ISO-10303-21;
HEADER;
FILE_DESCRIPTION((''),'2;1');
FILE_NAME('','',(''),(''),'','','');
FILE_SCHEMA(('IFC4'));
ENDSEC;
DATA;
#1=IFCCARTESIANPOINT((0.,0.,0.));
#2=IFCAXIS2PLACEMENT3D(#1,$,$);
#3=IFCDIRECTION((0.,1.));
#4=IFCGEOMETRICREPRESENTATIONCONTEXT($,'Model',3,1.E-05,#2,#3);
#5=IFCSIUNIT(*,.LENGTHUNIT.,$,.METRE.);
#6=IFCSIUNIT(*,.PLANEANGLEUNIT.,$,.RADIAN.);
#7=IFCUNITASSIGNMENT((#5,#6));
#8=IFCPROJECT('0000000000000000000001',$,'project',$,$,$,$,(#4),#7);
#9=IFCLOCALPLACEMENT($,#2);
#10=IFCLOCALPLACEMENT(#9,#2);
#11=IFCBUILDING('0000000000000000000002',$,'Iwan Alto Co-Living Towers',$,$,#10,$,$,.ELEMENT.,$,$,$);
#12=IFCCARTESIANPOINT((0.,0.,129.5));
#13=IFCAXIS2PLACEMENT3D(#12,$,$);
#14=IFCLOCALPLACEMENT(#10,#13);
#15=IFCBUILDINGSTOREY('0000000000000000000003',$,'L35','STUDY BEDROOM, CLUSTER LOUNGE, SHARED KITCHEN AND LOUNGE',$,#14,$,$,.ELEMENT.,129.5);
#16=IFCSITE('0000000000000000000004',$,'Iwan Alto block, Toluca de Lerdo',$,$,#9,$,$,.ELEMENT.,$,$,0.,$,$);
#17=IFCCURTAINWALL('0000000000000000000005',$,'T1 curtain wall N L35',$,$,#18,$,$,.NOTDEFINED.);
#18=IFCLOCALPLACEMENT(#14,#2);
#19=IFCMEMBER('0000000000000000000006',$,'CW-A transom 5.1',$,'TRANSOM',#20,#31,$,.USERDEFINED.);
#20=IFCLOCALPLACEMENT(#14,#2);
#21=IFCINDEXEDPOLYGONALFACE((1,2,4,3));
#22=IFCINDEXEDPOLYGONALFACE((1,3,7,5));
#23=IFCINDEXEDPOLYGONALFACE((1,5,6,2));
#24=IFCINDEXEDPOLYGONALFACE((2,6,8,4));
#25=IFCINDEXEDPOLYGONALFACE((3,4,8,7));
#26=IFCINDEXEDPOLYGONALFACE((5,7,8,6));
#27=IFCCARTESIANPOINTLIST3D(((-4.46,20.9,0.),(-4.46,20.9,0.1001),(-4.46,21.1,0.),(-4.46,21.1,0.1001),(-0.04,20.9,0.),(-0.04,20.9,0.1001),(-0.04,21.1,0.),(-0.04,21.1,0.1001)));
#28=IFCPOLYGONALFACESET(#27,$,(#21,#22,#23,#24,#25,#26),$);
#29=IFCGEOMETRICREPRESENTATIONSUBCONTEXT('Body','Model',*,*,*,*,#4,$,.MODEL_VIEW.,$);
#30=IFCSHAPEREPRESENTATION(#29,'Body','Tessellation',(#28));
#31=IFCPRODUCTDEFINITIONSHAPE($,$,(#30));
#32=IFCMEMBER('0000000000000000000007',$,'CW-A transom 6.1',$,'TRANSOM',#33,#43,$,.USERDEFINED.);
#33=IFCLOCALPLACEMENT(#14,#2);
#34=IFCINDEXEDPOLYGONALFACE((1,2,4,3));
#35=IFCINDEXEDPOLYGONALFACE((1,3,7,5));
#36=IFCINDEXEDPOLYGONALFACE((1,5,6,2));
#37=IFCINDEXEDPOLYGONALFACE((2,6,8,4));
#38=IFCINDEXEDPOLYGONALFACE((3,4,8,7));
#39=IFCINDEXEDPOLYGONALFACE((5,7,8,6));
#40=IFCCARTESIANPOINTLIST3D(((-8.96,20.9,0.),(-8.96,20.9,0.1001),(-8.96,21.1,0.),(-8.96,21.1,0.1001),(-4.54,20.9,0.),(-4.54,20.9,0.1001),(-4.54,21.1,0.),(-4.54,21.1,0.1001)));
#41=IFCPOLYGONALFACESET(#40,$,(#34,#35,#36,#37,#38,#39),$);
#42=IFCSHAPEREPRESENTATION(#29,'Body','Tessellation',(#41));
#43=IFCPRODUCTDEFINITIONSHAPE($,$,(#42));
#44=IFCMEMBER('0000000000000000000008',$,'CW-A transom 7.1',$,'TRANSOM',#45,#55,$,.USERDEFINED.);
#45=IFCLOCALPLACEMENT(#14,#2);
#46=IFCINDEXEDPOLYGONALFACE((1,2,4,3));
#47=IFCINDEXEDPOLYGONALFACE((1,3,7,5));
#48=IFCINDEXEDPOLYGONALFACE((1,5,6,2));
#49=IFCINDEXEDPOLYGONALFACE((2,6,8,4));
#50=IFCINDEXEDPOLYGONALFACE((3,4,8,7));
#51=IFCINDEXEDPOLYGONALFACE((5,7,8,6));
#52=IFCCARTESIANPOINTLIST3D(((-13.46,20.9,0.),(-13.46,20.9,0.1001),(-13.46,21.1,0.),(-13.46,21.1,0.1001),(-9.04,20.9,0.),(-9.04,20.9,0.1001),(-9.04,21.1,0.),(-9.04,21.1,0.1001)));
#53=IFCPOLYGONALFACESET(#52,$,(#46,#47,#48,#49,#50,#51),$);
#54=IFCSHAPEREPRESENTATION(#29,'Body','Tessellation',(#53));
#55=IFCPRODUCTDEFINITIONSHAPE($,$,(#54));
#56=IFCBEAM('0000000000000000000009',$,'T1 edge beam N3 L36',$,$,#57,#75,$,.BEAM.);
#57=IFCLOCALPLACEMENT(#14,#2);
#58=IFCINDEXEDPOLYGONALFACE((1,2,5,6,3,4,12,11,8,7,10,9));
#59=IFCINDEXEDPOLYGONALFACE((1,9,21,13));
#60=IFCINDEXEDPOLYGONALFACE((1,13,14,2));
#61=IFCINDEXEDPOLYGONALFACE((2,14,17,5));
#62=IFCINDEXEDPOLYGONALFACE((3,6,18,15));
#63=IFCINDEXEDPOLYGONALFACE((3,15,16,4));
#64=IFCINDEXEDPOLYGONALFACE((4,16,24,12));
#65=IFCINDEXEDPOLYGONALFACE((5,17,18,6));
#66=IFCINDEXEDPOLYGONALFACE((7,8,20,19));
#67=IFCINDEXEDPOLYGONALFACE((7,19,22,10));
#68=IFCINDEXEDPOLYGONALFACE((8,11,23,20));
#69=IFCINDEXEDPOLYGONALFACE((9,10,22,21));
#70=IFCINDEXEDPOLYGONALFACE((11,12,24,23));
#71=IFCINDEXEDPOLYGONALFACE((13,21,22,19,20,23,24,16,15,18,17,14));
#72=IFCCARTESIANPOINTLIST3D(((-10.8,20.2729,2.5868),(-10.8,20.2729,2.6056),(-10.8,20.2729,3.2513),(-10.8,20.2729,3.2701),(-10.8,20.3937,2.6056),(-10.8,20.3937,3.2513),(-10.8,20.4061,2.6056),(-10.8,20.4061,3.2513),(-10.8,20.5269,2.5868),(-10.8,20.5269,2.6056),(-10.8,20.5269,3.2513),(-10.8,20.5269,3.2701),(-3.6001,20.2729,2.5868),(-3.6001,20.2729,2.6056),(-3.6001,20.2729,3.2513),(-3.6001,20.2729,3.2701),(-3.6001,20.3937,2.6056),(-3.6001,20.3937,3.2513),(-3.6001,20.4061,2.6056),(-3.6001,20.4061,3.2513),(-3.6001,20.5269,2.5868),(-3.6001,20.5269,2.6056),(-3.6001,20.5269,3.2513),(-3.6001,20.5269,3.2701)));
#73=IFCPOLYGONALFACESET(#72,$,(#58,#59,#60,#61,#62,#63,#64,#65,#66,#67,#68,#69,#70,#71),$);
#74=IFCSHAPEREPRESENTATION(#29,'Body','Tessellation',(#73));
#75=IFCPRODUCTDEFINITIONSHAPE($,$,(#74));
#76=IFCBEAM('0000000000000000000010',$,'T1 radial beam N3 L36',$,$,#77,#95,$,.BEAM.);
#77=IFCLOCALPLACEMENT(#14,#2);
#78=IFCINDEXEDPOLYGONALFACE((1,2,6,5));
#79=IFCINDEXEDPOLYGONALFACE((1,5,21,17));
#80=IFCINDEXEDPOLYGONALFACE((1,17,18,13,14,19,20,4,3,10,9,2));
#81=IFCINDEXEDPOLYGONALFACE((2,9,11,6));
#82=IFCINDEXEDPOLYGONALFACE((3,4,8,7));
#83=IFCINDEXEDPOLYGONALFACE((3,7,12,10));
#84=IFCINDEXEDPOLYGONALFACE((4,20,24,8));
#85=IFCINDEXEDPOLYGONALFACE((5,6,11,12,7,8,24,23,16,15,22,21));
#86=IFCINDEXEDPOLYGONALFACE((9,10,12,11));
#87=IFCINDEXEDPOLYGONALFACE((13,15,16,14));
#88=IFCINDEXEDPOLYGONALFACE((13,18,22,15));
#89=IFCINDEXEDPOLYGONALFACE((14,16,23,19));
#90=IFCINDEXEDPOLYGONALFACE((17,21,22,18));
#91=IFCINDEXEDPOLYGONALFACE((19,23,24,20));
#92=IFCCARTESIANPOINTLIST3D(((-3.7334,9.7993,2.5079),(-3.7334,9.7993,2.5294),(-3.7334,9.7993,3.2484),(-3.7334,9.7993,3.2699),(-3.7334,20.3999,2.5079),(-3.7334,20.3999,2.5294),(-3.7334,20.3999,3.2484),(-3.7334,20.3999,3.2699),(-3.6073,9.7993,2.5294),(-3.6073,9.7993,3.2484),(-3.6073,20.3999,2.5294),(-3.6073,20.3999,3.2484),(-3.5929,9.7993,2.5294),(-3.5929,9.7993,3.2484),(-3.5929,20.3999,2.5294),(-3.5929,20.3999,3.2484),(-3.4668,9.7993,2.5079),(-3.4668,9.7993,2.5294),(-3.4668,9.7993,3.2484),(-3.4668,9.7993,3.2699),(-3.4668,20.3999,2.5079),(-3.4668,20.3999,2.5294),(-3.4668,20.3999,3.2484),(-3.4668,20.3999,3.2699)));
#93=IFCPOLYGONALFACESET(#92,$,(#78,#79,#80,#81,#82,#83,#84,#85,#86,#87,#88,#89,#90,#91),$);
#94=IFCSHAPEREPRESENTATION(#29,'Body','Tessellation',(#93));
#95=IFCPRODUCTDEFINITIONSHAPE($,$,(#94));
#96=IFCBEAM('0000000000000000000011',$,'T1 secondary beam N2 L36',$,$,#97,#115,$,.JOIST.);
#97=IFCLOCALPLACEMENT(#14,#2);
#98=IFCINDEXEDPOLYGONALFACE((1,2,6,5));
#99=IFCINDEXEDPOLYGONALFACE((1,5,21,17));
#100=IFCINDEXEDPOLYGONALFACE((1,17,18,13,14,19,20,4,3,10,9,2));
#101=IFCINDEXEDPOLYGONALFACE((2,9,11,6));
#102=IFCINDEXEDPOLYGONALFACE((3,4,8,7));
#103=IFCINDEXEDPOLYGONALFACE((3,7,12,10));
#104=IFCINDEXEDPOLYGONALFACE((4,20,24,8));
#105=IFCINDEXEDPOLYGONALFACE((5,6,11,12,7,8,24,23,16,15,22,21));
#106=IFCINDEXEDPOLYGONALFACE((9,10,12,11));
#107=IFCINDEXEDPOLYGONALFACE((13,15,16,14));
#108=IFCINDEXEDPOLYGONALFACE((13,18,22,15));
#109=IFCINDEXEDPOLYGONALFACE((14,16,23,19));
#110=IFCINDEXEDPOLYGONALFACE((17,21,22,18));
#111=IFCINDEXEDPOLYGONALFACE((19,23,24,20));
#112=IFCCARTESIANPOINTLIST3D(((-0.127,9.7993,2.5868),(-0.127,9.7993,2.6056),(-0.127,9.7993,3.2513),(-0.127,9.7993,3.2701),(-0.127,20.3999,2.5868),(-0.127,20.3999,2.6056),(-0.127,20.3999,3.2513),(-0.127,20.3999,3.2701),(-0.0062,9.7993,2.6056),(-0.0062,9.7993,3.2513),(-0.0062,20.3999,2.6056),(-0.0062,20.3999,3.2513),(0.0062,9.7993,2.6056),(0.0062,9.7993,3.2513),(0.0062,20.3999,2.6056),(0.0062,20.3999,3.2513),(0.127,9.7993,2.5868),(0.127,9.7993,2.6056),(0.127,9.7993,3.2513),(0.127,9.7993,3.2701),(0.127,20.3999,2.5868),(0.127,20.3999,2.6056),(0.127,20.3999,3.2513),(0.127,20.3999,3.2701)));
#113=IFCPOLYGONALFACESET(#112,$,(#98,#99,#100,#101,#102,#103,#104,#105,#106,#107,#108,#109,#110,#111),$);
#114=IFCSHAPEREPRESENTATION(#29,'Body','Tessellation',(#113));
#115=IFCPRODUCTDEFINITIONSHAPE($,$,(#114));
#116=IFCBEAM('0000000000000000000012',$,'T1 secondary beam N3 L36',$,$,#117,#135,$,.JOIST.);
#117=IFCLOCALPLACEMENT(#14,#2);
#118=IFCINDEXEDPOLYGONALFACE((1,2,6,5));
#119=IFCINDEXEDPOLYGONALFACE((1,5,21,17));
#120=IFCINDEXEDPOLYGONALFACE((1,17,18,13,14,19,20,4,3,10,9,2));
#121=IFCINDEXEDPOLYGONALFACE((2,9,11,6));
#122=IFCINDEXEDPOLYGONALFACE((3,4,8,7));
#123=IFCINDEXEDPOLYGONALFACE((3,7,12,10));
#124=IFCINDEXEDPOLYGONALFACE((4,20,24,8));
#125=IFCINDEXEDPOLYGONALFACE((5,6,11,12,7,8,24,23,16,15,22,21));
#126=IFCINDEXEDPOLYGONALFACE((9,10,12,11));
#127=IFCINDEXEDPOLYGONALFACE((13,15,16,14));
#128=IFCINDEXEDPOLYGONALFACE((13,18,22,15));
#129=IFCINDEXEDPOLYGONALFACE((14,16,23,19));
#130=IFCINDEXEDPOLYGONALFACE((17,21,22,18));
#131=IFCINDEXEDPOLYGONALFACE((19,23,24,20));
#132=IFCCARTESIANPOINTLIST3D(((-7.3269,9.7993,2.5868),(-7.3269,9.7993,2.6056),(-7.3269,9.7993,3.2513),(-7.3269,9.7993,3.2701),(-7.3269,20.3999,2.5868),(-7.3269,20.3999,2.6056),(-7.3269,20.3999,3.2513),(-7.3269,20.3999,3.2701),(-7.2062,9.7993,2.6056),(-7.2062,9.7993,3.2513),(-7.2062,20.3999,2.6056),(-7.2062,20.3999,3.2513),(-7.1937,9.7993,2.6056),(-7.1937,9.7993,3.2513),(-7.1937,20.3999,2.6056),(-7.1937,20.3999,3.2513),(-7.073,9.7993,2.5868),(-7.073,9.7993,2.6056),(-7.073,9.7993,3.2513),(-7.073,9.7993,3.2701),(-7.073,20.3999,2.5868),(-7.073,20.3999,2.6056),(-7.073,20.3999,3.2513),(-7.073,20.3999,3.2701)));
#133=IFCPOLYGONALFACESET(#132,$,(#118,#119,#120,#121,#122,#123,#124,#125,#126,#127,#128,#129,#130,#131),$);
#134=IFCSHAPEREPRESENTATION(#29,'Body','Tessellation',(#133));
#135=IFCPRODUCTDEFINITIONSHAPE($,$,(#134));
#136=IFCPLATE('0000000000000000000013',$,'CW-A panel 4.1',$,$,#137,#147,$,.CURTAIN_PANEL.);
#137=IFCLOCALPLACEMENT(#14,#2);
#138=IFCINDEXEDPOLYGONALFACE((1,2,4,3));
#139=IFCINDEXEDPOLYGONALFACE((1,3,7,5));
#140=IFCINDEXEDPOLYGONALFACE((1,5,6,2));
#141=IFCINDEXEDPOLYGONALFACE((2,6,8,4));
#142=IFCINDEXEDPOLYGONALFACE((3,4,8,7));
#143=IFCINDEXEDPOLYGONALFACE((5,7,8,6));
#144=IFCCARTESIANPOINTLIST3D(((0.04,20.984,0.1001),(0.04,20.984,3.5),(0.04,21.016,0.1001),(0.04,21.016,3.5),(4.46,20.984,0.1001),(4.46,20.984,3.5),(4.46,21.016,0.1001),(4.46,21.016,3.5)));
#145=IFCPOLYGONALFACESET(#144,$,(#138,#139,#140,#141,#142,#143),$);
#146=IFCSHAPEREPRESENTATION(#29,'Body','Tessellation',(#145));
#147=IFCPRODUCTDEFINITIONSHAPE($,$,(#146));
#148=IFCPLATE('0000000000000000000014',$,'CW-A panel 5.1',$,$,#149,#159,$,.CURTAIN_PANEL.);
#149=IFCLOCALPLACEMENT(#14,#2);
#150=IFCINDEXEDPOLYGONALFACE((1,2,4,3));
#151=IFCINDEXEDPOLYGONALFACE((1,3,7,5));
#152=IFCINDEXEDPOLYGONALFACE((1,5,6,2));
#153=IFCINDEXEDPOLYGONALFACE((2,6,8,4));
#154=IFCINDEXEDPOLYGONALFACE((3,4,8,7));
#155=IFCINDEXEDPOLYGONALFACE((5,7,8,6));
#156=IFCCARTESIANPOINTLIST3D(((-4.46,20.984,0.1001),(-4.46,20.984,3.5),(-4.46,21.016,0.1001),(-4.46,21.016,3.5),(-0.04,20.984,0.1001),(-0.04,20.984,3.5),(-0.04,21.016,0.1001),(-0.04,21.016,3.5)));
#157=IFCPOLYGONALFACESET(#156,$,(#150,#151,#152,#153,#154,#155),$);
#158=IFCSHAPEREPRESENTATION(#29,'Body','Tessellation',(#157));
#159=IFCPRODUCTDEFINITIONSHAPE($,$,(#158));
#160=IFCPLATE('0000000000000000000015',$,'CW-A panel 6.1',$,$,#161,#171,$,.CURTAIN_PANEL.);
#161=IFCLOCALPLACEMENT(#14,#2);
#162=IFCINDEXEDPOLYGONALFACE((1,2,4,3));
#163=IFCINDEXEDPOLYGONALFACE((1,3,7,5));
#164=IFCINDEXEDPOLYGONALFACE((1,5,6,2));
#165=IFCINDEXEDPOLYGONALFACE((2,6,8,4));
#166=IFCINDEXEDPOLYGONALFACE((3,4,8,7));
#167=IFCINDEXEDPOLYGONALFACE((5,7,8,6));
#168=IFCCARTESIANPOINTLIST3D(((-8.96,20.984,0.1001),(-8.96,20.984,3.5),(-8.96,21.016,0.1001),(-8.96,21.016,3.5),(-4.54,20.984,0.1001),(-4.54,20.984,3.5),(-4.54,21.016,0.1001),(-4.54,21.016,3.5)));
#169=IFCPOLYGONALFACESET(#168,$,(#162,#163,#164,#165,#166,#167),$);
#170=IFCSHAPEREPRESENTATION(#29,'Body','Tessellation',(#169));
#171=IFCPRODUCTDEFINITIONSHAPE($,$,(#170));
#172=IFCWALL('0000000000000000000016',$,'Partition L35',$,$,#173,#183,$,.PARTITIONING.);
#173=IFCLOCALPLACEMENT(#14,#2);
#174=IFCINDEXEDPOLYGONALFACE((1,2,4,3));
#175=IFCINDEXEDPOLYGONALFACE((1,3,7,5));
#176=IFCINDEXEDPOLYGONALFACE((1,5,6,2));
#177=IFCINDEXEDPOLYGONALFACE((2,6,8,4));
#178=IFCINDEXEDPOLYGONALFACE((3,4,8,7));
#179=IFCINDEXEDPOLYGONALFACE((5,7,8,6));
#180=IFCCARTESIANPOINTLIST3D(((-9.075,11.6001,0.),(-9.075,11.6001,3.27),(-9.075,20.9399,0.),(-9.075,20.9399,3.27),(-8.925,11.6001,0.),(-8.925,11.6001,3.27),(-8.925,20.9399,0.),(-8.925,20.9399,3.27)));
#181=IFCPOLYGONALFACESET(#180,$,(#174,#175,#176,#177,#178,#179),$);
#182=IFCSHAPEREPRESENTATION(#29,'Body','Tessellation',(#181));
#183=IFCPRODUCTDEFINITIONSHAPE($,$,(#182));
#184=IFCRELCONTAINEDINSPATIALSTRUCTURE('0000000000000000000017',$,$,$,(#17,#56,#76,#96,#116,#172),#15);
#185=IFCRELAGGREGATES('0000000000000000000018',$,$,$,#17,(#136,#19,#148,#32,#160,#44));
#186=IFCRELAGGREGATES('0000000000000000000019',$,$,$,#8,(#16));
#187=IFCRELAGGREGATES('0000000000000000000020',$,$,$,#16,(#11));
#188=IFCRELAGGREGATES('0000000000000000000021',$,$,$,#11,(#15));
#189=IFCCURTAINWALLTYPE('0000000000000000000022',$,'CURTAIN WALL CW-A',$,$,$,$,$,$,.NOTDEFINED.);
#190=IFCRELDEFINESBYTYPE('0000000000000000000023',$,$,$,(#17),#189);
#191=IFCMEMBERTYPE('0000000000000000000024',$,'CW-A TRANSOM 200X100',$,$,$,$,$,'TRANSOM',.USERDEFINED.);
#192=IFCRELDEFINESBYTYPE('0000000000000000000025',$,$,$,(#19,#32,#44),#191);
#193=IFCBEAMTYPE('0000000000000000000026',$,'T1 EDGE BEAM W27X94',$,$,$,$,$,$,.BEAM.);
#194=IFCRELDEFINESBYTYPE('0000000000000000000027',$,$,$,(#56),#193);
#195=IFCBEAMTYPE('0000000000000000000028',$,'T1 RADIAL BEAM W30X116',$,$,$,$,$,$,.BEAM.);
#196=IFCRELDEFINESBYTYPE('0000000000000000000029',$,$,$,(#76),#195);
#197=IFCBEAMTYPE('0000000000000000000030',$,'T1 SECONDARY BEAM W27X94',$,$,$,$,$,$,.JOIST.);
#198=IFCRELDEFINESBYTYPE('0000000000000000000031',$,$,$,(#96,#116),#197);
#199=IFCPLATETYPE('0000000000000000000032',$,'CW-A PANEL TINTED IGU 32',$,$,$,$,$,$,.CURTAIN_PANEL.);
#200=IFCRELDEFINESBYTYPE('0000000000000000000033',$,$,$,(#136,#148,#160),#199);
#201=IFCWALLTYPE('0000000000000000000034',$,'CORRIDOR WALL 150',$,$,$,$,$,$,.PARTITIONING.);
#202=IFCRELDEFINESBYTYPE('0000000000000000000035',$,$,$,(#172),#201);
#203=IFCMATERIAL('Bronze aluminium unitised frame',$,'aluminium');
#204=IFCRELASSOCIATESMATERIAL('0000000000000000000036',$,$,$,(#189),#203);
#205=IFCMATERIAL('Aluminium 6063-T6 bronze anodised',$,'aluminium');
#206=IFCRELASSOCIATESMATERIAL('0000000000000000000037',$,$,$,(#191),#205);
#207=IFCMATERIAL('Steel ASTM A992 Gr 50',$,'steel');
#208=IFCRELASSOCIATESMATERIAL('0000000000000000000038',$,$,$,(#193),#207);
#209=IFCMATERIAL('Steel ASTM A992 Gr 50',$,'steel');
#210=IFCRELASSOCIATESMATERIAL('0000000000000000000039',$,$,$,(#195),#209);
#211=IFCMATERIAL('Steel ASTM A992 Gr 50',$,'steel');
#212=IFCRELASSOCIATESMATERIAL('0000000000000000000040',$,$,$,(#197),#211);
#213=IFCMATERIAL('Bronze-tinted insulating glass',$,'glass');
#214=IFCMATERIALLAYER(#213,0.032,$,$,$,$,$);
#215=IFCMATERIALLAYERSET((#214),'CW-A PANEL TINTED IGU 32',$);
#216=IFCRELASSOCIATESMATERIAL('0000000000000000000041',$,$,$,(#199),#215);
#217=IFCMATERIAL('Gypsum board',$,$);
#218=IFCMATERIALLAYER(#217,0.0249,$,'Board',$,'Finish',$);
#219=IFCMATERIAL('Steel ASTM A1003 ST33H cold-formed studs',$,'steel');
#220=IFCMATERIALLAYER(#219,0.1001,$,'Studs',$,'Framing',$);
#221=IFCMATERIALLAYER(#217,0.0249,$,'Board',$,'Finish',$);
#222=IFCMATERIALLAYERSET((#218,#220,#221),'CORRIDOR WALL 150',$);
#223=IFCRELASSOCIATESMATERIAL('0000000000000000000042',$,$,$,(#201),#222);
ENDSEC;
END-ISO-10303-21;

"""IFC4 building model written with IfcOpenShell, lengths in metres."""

from ifc_helpers import new_model, si_unit, direction, frame, frame_2d, origin, origin_2d, place, context, subcontext, project, spatial, rectangle, i_section, extrude, material, layer, layer_set, material_profile, profile_set, type_object, element, aggregate, save


model = new_model("IFC4")

# Units and contexts
model_context = context("Model", 3, precision=1e-05, world=origin(), true_north=direction((0.0, 1.0)))
body_context = subcontext(model_context, "Body", "Model", "MODEL_VIEW")
ifc_project = project(units=[si_unit("LENGTHUNIT", "METRE"), si_unit("PLANEANGLEUNIT", "RADIAN")], contexts=[model_context])

# Site, building, storey
site_placement = place(None, origin())
site = spatial("IfcSite", under=ifc_project, at=site_placement, Name="Iwan Alto block, Toluca de Lerdo", CompositionType="ELEMENT", RefElevation=0.0)
building_placement = place(site_placement, origin())
building = spatial("IfcBuilding", under=site, at=building_placement, Name="Iwan Alto Co-Living Towers", CompositionType="ELEMENT")
storey_placement = place(building_placement, frame((0.0, 0.0, 129.5)))
storey = spatial("IfcBuildingStorey", under=building, at=storey_placement, Name="L35", Description="STUDY BEDROOM, CLUSTER LOUNGE, SHARED KITCHEN AND LOUNGE", CompositionType="ELEMENT", Elevation=129.5)

# Curtain wall, members
ifc_material_1 = material(Name="Bronze aluminium unitised frame", Category="aluminium")
curtain_wall_type = type_object("IfcCurtainWallType", Name="CURTAIN WALL CW-A", PredefinedType="NOTDEFINED", material=ifc_material_1)
curtain_wall_placement = place(storey_placement, origin())
curtain_wall = element("IfcCurtainWall", 1, at=curtain_wall_placement, inside=storey, type_object=curtain_wall_type, Name="T1 curtain wall N L35", PredefinedType="NOTDEFINED")
ifc_material_2 = material(Name="Aluminium 6063-T6 bronze anodised", Category="aluminium")
ifc_material_profile_1 = material_profile(ifc_material_2, rectangle(XDim=0.2, YDim=0.1001, at=origin_2d()), Name="AL 200X100")
ifc_profile_set_1 = profile_set([ifc_material_profile_1], Name="Aluminium 6063-T6 bronze anodised")
member_type = type_object("IfcMemberType", Name="CW-A TRANSOM 200X100", ElementType="TRANSOM", PredefinedType="USERDEFINED", material=ifc_profile_set_1)
member_1_placement = place(storey_placement, frame((-0.04, 21.0, 0.05), z_axis=(-1.0, 0.0, 0.0), x_axis=(0.0, -1.0, 0.0)))
member_1 = element("IfcMember", 2, at=member_1_placement, type_object=member_type, Name="CW-A transom 5.1", ObjectType="TRANSOM", PredefinedType="USERDEFINED", context=body_context, shape_type="SweptSolid", body=[
    extrude(rectangle(XDim=0.2, YDim=0.1001, at=origin_2d()), origin(), (0.0, 0.0, 1.0), 4.4199),
])
member_2_placement = place(storey_placement, frame((-4.54, 21.0, 0.05), z_axis=(-1.0, 0.0, 0.0), x_axis=(0.0, -1.0, 0.0)))
member_2 = element("IfcMember", 3, at=member_2_placement, type_object=member_type, Name="CW-A transom 6.1", ObjectType="TRANSOM", PredefinedType="USERDEFINED", context=body_context, shape_type="SweptSolid", body=[
    extrude(rectangle(XDim=0.2, YDim=0.1001, at=origin_2d()), origin(), (0.0, 0.0, 1.0), 4.4199),
])
member_3_placement = place(storey_placement, frame((-9.04, 21.0, 0.05), z_axis=(-1.0, 0.0, 0.0), x_axis=(0.0, -1.0, 0.0)))
member_3 = element("IfcMember", 4, at=member_3_placement, type_object=member_type, Name="CW-A transom 7.1", ObjectType="TRANSOM", PredefinedType="USERDEFINED", context=body_context, shape_type="SweptSolid", body=[
    extrude(rectangle(XDim=0.2, YDim=0.1001, at=origin_2d()), origin(), (0.0, 0.0, 1.0), 4.4199),
])

# Beams
ifc_material_3 = material(Name="Steel ASTM A992 Gr 50", Category="steel")
ifc_material_profile_2 = material_profile(ifc_material_3, i_section(OverallWidth=0.2539, OverallDepth=0.6833, WebThickness=0.0125, FlangeThickness=0.0188, at=origin_2d()), Name="W27X94")
ifc_profile_set_2 = profile_set([ifc_material_profile_2], Name="Steel ASTM A992 Gr 50")
beam_type_1 = type_object("IfcBeamType", Name="T1 EDGE BEAM W27X94", PredefinedType="BEAM", material=ifc_profile_set_2)
beam_1_placement = place(storey_placement, frame((-3.6001, 20.3999, 2.9285), z_axis=(-1.0, 0.0, 0.0), x_axis=(0.0, -1.0, 0.0)))
element("IfcBeam", 5, at=beam_1_placement, inside=storey, type_object=beam_type_1, Name="T1 edge beam N3 L36", PredefinedType="BEAM", context=body_context, shape_type="SweptSolid", body=[
    extrude(i_section(OverallWidth=0.2539, OverallDepth=0.6833, WebThickness=0.0125, FlangeThickness=0.0188, at=origin_2d()), origin(), (0.0, 0.0, 1.0), 7.2),
])
ifc_material_4 = material(Name="Steel ASTM A992 Gr 50", Category="steel")
ifc_material_profile_3 = material_profile(ifc_material_4, i_section(OverallWidth=0.2666, OverallDepth=0.762, WebThickness=0.0144, FlangeThickness=0.0215, at=origin_2d()), Name="W30X116")
ifc_profile_set_3 = profile_set([ifc_material_profile_3], Name="Steel ASTM A992 Gr 50")
beam_type_2 = type_object("IfcBeamType", Name="T1 RADIAL BEAM W30X116", PredefinedType="BEAM", material=ifc_profile_set_3)
beam_2_placement = place(storey_placement, frame((-3.6001, 20.3999, 2.8889), z_axis=(0.0, -1.0, 0.0), x_axis=(1.0, 0.0, 0.0)))
element("IfcBeam", 6, at=beam_2_placement, inside=storey, type_object=beam_type_2, Name="T1 radial beam N3 L36", PredefinedType="BEAM", context=body_context, shape_type="SweptSolid", body=[
    extrude(i_section(OverallWidth=0.2666, OverallDepth=0.762, WebThickness=0.0144, FlangeThickness=0.0215, at=origin_2d()), origin(), (0.0, 0.0, 1.0), 10.6006),
])
ifc_material_5 = material(Name="Steel ASTM A992 Gr 50", Category="steel")
ifc_material_profile_4 = material_profile(ifc_material_5, i_section(OverallWidth=0.2539, OverallDepth=0.6833, WebThickness=0.0125, FlangeThickness=0.0188, at=origin_2d()), Name="W27X94")
ifc_profile_set_4 = profile_set([ifc_material_profile_4], Name="Steel ASTM A992 Gr 50")
beam_type_3 = type_object("IfcBeamType", Name="T1 SECONDARY BEAM W27X94", PredefinedType="JOIST", material=ifc_profile_set_4)
for number, where, z_axis, x_axis, name in (
    (7, (0.0, 20.3999, 2.9285), (0.0, -1.0, 0.0), (1.0, 0.0, 0.0), "T1 secondary beam N2 L36"),
    (8, (-7.2, 20.3999, 2.9285), (0.0, -1.0, 0.0), (1.0, 0.0, 0.0), "T1 secondary beam N3 L36"),
):
    element("IfcBeam", number, at=place(storey_placement, frame(where, z_axis=z_axis, x_axis=x_axis)), inside=storey, type_object=beam_type_3, Name=name, PredefinedType="JOIST", context=body_context, shape_type="SweptSolid", body=[
        extrude(i_section(OverallWidth=0.2539, OverallDepth=0.6833, WebThickness=0.0125, FlangeThickness=0.0188, at=origin_2d()), origin(), (0.0, 0.0, 1.0), 10.6006),
    ])

# Plates
ifc_material_6 = material(Name="Bronze-tinted insulating glass", Category="glass")
ifc_layer_1 = layer(ifc_material_6, 0.032)
ifc_layer_set_1 = layer_set([ifc_layer_1], Name="CW-A PANEL TINTED IGU 32")
plate_type = type_object("IfcPlateType", Name="CW-A PANEL TINTED IGU 32", PredefinedType="CURTAIN_PANEL", material=ifc_layer_set_1)
plate_1_placement = place(storey_placement, frame((2.25, 21.0, 0.1001), z_axis=(0.0, 0.0, 1.0), x_axis=(-1.0, 0.0, 0.0)))
plate_1 = element("IfcPlate", 9, at=plate_1_placement, type_object=plate_type, Name="CW-A panel 4.1", PredefinedType="CURTAIN_PANEL", context=body_context, shape_type="SweptSolid", body=[
    extrude(rectangle(XDim=4.4199, YDim=0.032, at=origin_2d()), origin(), (0.0, 0.0, 1.0), 3.3999),
])
plate_2_placement = place(storey_placement, frame((-2.25, 21.0, 0.1001), z_axis=(0.0, 0.0, 1.0), x_axis=(-1.0, 0.0, 0.0)))
plate_2 = element("IfcPlate", 10, at=plate_2_placement, type_object=plate_type, Name="CW-A panel 5.1", PredefinedType="CURTAIN_PANEL", context=body_context, shape_type="SweptSolid", body=[
    extrude(rectangle(XDim=4.4199, YDim=0.032, at=origin_2d()), origin(), (0.0, 0.0, 1.0), 3.3999),
])
plate_3_placement = place(storey_placement, frame((-6.75, 21.0, 0.1001), z_axis=(0.0, 0.0, 1.0), x_axis=(-1.0, 0.0, 0.0)))
plate_3 = element("IfcPlate", 11, at=plate_3_placement, type_object=plate_type, Name="CW-A panel 6.1", PredefinedType="CURTAIN_PANEL", context=body_context, shape_type="SweptSolid", body=[
    extrude(rectangle(XDim=4.4199, YDim=0.032, at=origin_2d()), origin(), (0.0, 0.0, 1.0), 3.3999),
])
aggregate(curtain_wall, [plate_1, member_1, plate_2, member_2, plate_3, member_3])

# Wall
ifc_material_7 = material(Name="Gypsum board")
ifc_layer_2 = layer(ifc_material_7, 0.0249, Name="Board", Category="Finish")
ifc_material_8 = material(Name="Steel ASTM A1003 ST33H cold-formed studs", Category="steel")
ifc_layer_3 = layer(ifc_material_8, 0.1001, Name="Studs", Category="Framing")
ifc_layer_4 = layer(ifc_material_7, 0.0249, Name="Board", Category="Finish")
ifc_layer_set_2 = layer_set([ifc_layer_2, ifc_layer_3, ifc_layer_4], Name="CORRIDOR WALL 150")
wall_type_1 = type_object("IfcWallType", Name="CORRIDOR WALL 150", PredefinedType="PARTITIONING", material=ifc_layer_set_2)
wall_1_placement = place(storey_placement, frame((-9.0, 11.6001, 0.0), z_axis=(0.0, 0.0, 1.0), x_axis=(0.0, 1.0, 0.0)))
element("IfcWall", 12, at=wall_1_placement, inside=storey, type_object=wall_type_1, Name="Partition L35", PredefinedType="PARTITIONING", context=body_context, shape_type="SweptSolid", body=[
    extrude(rectangle(XDim=9.3398, YDim=0.1499, at=frame_2d((4.6699, 0.0))), origin(), (0.0, 0.0, 1.0), 3.27),
])

save(model, "model.ifc")
